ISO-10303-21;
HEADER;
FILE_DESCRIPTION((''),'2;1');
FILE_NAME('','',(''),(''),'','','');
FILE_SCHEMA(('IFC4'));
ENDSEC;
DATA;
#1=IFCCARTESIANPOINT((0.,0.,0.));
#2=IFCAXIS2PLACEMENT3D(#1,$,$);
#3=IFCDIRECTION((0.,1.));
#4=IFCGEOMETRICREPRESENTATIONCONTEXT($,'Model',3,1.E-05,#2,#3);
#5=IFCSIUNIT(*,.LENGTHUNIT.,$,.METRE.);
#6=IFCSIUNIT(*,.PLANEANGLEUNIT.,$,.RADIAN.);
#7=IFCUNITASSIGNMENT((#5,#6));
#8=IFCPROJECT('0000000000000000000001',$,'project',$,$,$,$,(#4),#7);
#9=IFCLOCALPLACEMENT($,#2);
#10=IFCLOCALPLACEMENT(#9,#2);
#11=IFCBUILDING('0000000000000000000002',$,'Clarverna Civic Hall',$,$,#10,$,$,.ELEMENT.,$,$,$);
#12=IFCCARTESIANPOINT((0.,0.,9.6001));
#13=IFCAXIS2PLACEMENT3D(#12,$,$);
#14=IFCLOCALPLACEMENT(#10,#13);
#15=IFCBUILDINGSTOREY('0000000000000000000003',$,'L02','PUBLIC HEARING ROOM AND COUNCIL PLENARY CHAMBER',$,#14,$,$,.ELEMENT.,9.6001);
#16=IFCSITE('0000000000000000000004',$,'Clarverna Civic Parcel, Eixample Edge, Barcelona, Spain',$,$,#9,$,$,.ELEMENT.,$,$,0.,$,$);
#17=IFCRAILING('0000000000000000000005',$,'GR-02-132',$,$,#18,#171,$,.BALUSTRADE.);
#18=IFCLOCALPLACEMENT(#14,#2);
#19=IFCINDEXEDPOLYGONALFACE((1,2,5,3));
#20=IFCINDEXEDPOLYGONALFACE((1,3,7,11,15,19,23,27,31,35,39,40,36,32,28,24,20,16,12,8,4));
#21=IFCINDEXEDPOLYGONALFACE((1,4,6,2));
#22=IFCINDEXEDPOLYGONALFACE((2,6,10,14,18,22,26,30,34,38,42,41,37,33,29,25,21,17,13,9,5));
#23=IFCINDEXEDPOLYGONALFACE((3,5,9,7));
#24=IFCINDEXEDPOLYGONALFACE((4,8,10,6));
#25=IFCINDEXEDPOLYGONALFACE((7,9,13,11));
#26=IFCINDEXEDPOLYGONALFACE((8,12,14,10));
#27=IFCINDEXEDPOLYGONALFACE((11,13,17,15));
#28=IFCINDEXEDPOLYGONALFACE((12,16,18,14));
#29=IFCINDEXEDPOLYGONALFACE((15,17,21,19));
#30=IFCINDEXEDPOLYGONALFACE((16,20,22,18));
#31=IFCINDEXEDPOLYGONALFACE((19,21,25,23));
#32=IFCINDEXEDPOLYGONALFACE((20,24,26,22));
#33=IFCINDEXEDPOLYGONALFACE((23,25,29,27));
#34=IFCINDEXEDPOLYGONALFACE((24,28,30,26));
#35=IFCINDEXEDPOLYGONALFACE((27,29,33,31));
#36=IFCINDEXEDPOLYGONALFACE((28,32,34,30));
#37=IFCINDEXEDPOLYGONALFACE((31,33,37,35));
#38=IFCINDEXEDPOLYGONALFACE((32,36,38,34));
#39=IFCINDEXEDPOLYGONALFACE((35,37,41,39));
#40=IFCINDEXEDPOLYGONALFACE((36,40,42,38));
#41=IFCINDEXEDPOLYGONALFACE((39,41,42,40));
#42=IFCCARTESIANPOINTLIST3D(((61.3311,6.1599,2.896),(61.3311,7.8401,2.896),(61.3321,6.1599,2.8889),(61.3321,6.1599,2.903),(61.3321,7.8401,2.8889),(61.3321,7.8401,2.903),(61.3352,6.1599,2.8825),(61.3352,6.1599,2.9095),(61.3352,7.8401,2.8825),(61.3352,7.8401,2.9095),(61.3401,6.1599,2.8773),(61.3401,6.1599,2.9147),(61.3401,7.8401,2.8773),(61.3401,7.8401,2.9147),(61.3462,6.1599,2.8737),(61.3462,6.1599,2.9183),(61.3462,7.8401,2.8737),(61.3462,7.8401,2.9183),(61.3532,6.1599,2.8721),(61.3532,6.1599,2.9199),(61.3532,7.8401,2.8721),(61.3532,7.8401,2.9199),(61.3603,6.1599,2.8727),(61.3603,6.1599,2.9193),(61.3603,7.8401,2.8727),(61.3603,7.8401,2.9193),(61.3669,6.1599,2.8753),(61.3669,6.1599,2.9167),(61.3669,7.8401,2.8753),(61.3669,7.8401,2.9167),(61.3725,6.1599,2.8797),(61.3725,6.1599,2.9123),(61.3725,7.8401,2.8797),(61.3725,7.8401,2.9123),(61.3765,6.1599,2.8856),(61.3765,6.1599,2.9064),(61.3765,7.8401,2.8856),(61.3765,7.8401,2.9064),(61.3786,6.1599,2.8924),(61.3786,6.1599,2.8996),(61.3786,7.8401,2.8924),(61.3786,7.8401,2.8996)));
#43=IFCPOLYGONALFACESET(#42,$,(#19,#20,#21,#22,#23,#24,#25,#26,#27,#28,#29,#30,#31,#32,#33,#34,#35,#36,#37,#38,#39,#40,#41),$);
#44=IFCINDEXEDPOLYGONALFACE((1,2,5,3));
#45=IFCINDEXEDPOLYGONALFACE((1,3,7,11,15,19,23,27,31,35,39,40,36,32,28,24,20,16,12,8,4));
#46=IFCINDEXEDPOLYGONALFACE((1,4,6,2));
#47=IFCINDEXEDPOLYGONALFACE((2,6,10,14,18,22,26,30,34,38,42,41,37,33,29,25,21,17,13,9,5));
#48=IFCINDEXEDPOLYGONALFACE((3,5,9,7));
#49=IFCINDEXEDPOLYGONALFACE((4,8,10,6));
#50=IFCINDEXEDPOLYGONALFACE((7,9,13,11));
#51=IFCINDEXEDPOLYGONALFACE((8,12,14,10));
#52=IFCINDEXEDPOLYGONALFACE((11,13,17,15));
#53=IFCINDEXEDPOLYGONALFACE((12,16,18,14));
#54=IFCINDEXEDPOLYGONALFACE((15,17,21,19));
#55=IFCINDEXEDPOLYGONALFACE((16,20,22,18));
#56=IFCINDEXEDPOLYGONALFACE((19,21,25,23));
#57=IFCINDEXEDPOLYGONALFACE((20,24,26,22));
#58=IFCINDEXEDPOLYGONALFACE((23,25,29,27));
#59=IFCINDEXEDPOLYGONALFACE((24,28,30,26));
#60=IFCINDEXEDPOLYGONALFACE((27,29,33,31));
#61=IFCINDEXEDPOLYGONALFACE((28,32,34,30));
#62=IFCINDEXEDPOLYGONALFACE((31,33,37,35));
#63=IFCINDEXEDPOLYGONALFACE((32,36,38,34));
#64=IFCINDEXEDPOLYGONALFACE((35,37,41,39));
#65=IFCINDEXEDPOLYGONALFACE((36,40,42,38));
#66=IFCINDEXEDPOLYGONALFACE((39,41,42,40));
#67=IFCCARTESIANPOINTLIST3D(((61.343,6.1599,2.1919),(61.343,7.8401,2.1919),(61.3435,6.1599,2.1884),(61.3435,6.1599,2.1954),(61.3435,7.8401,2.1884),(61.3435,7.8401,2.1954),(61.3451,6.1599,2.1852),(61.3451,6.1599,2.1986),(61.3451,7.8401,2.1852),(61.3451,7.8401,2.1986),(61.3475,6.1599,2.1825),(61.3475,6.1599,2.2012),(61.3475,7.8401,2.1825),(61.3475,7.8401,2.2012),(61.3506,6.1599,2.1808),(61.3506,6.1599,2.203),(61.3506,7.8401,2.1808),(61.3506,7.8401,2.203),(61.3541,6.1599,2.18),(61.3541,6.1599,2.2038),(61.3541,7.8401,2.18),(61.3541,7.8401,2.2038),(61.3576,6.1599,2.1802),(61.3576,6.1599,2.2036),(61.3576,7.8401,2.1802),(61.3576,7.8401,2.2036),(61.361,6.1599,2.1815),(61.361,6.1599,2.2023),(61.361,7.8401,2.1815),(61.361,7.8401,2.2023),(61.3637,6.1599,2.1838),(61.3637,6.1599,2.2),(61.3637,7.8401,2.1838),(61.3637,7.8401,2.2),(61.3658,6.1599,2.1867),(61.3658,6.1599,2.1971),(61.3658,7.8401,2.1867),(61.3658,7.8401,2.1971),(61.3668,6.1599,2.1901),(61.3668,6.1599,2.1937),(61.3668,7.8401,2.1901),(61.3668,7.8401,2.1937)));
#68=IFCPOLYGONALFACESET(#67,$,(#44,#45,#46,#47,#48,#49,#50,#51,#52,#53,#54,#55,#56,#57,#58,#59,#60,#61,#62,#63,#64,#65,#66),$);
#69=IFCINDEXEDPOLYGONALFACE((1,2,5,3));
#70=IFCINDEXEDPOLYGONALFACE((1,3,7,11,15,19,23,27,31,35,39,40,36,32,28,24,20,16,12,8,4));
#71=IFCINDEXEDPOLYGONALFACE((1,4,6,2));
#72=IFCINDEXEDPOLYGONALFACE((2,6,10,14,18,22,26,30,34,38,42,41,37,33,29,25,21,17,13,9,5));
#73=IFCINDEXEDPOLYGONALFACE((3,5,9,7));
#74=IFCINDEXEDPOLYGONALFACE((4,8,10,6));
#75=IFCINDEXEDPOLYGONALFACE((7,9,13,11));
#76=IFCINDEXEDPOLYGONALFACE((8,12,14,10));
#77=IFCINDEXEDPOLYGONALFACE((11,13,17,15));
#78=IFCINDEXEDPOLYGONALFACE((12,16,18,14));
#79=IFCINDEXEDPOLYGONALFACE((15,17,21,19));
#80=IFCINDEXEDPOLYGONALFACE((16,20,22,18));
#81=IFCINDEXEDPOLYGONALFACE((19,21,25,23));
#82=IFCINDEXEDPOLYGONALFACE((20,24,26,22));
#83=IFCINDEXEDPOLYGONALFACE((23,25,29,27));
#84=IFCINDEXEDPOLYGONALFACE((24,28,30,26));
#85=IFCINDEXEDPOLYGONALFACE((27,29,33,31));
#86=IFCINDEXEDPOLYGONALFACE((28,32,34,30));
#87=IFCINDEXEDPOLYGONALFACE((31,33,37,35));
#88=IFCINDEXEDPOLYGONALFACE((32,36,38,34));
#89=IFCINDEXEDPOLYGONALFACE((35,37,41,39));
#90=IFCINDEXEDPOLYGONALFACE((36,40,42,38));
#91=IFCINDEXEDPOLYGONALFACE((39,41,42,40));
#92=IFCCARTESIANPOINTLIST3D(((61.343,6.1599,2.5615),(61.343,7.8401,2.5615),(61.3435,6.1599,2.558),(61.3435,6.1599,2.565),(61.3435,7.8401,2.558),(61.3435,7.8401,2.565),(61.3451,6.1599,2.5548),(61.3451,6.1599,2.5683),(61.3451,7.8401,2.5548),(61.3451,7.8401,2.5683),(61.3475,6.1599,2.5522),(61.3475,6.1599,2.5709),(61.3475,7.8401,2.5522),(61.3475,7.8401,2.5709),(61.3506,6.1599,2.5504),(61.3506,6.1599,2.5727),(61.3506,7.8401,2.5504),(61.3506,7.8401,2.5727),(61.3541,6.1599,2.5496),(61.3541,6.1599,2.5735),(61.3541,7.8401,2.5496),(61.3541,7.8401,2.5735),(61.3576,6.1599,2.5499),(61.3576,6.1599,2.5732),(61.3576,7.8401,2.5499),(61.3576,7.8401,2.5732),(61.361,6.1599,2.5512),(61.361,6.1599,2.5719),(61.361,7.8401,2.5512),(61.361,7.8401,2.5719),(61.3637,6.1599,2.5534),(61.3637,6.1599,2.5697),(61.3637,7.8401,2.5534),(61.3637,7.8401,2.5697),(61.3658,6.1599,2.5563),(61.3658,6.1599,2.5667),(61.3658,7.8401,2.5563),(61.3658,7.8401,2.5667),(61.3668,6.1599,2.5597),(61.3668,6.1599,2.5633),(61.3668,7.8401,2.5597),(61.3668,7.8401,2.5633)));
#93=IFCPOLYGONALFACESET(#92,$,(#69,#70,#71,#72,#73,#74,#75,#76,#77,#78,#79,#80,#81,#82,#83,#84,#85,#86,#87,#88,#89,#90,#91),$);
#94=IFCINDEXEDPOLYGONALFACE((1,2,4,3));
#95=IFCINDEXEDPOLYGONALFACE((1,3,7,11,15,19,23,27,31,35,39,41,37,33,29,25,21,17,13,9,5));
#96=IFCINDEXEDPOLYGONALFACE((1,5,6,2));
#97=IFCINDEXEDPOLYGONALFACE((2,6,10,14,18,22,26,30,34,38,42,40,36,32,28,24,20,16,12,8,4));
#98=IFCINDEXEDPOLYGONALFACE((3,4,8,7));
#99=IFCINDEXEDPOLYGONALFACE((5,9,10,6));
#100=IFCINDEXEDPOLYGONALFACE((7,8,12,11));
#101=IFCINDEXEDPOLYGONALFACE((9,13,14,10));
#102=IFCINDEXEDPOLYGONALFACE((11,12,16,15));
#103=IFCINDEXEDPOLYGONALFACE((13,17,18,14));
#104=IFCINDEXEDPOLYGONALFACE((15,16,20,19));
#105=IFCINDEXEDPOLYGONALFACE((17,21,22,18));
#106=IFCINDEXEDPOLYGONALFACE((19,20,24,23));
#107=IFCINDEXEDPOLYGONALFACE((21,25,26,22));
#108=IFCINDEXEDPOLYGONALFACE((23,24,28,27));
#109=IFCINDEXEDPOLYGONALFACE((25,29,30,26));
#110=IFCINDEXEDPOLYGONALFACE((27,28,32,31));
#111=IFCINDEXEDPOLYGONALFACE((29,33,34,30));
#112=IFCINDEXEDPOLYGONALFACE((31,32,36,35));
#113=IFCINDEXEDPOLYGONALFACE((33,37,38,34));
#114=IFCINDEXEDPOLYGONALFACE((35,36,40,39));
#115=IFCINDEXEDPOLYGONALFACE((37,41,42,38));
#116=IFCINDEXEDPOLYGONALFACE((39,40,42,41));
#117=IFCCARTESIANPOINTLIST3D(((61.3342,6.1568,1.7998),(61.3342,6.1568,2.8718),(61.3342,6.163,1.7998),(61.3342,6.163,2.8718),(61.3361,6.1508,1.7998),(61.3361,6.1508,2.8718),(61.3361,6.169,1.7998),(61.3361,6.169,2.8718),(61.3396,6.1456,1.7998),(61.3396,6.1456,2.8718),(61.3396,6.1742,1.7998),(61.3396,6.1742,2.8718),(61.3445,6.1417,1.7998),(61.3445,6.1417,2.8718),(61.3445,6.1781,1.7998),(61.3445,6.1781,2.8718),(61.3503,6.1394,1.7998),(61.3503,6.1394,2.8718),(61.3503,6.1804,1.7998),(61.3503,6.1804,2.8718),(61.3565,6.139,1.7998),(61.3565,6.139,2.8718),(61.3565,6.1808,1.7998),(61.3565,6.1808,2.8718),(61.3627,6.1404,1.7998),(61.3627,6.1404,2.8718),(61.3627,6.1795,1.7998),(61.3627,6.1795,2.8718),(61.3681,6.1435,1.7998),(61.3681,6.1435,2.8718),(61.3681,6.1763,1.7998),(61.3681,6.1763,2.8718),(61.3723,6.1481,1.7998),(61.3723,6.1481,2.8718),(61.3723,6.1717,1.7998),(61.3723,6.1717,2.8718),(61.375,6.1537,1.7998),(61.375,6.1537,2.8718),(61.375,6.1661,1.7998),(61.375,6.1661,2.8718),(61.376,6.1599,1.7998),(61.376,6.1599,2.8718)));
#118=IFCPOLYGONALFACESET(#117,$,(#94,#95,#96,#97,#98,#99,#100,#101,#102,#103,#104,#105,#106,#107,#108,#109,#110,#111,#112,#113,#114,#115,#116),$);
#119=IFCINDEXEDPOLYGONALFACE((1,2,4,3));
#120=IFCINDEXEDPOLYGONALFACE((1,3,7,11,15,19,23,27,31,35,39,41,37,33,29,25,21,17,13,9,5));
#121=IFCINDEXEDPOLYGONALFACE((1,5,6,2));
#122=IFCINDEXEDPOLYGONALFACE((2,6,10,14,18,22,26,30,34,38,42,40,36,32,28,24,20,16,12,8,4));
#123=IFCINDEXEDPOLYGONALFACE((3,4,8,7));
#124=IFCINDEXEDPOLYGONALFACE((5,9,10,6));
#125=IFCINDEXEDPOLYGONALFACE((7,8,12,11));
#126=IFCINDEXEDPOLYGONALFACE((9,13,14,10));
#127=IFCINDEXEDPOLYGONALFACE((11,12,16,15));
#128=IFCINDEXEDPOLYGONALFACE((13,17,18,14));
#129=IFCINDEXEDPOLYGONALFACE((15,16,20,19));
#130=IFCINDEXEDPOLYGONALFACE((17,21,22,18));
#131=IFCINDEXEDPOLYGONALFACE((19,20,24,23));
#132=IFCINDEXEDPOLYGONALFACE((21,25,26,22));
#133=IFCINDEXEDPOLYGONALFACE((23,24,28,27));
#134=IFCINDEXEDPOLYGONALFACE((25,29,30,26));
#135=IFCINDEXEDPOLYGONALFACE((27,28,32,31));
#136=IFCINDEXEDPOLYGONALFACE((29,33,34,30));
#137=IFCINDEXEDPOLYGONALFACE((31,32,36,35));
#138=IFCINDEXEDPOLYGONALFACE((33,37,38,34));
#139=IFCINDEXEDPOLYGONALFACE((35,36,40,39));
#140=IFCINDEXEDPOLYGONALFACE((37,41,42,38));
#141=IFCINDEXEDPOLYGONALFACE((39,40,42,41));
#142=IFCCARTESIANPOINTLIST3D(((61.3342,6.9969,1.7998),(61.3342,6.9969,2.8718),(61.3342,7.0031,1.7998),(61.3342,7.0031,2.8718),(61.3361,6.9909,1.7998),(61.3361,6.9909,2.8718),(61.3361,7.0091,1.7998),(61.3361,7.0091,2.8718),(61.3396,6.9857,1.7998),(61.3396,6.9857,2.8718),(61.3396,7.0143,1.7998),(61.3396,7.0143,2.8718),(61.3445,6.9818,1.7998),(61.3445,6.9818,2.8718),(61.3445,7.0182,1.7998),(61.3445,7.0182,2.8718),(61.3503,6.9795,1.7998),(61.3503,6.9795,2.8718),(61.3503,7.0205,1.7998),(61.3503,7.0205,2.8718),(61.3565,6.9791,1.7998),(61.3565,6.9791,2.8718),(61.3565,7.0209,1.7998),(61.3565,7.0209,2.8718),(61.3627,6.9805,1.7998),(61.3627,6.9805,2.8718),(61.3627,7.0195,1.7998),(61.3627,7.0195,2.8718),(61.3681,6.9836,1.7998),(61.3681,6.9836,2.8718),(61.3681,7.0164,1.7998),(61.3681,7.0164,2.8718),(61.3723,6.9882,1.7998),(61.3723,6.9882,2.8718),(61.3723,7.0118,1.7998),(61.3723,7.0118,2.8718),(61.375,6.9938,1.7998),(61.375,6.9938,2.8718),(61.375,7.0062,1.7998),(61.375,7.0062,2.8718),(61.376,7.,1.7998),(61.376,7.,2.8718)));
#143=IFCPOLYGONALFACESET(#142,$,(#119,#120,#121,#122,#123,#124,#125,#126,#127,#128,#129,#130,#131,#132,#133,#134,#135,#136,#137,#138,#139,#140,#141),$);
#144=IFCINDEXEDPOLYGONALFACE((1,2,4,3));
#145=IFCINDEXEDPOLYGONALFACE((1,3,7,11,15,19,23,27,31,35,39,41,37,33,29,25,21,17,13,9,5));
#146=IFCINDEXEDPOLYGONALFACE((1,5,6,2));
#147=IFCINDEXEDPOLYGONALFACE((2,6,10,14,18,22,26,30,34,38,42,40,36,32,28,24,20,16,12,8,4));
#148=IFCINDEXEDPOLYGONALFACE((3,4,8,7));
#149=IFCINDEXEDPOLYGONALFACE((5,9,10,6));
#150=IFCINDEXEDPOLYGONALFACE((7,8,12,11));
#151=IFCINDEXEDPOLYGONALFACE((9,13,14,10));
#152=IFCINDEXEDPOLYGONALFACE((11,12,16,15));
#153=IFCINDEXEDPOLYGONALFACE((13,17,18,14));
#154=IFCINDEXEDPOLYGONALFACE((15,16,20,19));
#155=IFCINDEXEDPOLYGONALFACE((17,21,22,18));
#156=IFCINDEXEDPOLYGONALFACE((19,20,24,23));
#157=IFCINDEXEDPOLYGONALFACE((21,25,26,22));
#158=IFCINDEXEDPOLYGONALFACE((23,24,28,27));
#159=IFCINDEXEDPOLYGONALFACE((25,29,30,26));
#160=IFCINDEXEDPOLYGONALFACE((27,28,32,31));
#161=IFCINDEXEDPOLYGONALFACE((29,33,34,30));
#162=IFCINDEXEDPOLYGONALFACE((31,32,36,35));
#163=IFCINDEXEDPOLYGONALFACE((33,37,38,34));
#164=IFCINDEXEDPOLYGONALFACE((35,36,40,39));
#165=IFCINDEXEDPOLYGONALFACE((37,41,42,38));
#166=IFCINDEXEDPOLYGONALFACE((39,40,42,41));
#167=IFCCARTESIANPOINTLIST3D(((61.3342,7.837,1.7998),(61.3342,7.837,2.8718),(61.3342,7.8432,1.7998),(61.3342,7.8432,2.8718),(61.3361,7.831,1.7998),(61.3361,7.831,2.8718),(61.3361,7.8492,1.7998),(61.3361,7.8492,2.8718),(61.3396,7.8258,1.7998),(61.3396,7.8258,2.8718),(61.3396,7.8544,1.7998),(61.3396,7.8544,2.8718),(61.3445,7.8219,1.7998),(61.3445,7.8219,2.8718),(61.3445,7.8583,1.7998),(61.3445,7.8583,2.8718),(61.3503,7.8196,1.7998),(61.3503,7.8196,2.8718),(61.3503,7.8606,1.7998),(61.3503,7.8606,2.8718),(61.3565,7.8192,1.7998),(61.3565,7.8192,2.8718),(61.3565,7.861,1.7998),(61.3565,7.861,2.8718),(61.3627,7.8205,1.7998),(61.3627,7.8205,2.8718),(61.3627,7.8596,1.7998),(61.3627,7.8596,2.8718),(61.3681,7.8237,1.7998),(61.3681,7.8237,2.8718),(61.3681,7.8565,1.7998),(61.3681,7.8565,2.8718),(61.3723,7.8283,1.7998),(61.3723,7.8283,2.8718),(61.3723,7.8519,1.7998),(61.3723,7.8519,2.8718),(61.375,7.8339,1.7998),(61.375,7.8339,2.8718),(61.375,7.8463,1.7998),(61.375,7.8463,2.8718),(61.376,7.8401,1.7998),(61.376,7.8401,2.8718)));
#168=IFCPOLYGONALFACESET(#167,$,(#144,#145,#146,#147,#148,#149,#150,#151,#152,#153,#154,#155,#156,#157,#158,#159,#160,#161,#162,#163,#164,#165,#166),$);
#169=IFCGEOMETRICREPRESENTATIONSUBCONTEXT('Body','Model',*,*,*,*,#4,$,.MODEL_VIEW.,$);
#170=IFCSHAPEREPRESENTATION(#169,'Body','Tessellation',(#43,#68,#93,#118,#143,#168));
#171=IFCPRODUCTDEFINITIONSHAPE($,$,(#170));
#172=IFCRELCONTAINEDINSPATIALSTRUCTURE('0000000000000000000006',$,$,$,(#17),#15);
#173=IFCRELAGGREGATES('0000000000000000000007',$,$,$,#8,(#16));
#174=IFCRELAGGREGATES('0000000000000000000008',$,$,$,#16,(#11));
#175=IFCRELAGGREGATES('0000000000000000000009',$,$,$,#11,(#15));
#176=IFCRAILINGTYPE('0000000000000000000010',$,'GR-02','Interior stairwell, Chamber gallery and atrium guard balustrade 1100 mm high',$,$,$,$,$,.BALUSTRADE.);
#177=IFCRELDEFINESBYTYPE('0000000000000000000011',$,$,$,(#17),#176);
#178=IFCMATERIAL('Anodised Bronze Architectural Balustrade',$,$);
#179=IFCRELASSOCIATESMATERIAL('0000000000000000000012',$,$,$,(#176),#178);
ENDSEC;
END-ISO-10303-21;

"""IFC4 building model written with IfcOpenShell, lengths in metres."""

from ifc_helpers import new_model, si_unit, direction, frame, origin, origin_2d, place, context, subcontext, project, spatial, circle, extrude, material, type_object, element, save


model = new_model("IFC4")

# Units and contexts
model_context = context("Model", 3, precision=1e-05, world=origin(), true_north=direction((0.0, 1.0)))
body_context = subcontext(model_context, "Body", "Model", "MODEL_VIEW")
ifc_project = project(units=[si_unit("LENGTHUNIT", "METRE"), si_unit("PLANEANGLEUNIT", "RADIAN")], contexts=[model_context])

# Site, building, storey
site_placement = place(None, origin())
site = spatial("IfcSite", under=ifc_project, at=site_placement, Name="Clarverna Civic Parcel, Eixample Edge, Barcelona, Spain", CompositionType="ELEMENT", RefElevation=0.0)
building_placement = place(site_placement, origin())
building = spatial("IfcBuilding", under=site, at=building_placement, Name="Clarverna Civic Hall", CompositionType="ELEMENT")
storey_placement = place(building_placement, frame((0.0, 0.0, 9.6001)))
storey = spatial("IfcBuildingStorey", under=building, at=storey_placement, Name="L02", Description="PUBLIC HEARING ROOM AND COUNCIL PLENARY CHAMBER", CompositionType="ELEMENT", Elevation=9.6001)

# Railing
ifc_material_1 = material(Name="Anodised Bronze Architectural Balustrade")
railing_type_1 = type_object("IfcRailingType", Name="GR-02", Description="Interior stairwell, Chamber gallery and atrium guard balustrade 1100 mm high", PredefinedType="BALUSTRADE", material=ifc_material_1)
railing_1_placement = place(storey_placement, frame((61.355, 6.1599, 1.7998)))
element("IfcRailing", 1, at=railing_1_placement, inside=storey, type_object=railing_type_1, Name="GR-02-132", PredefinedType="BALUSTRADE", context=body_context, shape_type="SweptSolid", body=[
    extrude(circle(Radius=0.0239, at=origin_2d()), frame((0.0, 0.0, 1.0962), z_axis=(0.0, 1.0, 0.0), x_axis=(-1.0, 0.0, 0.0)), (0.0, 0.0, 1.0), 1.6802),
    extrude(circle(Radius=0.012, at=origin_2d()), frame((0.0, 0.0, 0.3921), z_axis=(0.0, 1.0, 0.0), x_axis=(-1.0, 0.0, 0.0)), (0.0, 0.0, 1.0), 1.6802),
    extrude(circle(Radius=0.012, at=origin_2d()), frame((0.0, 0.0, 0.7617), z_axis=(0.0, 1.0, 0.0), x_axis=(-1.0, 0.0, 0.0)), (0.0, 0.0, 1.0), 1.6802),
    extrude(circle(Radius=0.021, at=origin_2d()), origin(), (0.0, 0.0, 1.0), 1.072),
    extrude(circle(Radius=0.021, at=origin_2d()), frame((0.0, 0.8401, 0.0)), (0.0, 0.0, 1.0), 1.072),
    extrude(circle(Radius=0.021, at=origin_2d()), frame((0.0, 1.6802, 0.0)), (0.0, 0.0, 1.0), 1.072),
])

save(model, "model.ifc")
